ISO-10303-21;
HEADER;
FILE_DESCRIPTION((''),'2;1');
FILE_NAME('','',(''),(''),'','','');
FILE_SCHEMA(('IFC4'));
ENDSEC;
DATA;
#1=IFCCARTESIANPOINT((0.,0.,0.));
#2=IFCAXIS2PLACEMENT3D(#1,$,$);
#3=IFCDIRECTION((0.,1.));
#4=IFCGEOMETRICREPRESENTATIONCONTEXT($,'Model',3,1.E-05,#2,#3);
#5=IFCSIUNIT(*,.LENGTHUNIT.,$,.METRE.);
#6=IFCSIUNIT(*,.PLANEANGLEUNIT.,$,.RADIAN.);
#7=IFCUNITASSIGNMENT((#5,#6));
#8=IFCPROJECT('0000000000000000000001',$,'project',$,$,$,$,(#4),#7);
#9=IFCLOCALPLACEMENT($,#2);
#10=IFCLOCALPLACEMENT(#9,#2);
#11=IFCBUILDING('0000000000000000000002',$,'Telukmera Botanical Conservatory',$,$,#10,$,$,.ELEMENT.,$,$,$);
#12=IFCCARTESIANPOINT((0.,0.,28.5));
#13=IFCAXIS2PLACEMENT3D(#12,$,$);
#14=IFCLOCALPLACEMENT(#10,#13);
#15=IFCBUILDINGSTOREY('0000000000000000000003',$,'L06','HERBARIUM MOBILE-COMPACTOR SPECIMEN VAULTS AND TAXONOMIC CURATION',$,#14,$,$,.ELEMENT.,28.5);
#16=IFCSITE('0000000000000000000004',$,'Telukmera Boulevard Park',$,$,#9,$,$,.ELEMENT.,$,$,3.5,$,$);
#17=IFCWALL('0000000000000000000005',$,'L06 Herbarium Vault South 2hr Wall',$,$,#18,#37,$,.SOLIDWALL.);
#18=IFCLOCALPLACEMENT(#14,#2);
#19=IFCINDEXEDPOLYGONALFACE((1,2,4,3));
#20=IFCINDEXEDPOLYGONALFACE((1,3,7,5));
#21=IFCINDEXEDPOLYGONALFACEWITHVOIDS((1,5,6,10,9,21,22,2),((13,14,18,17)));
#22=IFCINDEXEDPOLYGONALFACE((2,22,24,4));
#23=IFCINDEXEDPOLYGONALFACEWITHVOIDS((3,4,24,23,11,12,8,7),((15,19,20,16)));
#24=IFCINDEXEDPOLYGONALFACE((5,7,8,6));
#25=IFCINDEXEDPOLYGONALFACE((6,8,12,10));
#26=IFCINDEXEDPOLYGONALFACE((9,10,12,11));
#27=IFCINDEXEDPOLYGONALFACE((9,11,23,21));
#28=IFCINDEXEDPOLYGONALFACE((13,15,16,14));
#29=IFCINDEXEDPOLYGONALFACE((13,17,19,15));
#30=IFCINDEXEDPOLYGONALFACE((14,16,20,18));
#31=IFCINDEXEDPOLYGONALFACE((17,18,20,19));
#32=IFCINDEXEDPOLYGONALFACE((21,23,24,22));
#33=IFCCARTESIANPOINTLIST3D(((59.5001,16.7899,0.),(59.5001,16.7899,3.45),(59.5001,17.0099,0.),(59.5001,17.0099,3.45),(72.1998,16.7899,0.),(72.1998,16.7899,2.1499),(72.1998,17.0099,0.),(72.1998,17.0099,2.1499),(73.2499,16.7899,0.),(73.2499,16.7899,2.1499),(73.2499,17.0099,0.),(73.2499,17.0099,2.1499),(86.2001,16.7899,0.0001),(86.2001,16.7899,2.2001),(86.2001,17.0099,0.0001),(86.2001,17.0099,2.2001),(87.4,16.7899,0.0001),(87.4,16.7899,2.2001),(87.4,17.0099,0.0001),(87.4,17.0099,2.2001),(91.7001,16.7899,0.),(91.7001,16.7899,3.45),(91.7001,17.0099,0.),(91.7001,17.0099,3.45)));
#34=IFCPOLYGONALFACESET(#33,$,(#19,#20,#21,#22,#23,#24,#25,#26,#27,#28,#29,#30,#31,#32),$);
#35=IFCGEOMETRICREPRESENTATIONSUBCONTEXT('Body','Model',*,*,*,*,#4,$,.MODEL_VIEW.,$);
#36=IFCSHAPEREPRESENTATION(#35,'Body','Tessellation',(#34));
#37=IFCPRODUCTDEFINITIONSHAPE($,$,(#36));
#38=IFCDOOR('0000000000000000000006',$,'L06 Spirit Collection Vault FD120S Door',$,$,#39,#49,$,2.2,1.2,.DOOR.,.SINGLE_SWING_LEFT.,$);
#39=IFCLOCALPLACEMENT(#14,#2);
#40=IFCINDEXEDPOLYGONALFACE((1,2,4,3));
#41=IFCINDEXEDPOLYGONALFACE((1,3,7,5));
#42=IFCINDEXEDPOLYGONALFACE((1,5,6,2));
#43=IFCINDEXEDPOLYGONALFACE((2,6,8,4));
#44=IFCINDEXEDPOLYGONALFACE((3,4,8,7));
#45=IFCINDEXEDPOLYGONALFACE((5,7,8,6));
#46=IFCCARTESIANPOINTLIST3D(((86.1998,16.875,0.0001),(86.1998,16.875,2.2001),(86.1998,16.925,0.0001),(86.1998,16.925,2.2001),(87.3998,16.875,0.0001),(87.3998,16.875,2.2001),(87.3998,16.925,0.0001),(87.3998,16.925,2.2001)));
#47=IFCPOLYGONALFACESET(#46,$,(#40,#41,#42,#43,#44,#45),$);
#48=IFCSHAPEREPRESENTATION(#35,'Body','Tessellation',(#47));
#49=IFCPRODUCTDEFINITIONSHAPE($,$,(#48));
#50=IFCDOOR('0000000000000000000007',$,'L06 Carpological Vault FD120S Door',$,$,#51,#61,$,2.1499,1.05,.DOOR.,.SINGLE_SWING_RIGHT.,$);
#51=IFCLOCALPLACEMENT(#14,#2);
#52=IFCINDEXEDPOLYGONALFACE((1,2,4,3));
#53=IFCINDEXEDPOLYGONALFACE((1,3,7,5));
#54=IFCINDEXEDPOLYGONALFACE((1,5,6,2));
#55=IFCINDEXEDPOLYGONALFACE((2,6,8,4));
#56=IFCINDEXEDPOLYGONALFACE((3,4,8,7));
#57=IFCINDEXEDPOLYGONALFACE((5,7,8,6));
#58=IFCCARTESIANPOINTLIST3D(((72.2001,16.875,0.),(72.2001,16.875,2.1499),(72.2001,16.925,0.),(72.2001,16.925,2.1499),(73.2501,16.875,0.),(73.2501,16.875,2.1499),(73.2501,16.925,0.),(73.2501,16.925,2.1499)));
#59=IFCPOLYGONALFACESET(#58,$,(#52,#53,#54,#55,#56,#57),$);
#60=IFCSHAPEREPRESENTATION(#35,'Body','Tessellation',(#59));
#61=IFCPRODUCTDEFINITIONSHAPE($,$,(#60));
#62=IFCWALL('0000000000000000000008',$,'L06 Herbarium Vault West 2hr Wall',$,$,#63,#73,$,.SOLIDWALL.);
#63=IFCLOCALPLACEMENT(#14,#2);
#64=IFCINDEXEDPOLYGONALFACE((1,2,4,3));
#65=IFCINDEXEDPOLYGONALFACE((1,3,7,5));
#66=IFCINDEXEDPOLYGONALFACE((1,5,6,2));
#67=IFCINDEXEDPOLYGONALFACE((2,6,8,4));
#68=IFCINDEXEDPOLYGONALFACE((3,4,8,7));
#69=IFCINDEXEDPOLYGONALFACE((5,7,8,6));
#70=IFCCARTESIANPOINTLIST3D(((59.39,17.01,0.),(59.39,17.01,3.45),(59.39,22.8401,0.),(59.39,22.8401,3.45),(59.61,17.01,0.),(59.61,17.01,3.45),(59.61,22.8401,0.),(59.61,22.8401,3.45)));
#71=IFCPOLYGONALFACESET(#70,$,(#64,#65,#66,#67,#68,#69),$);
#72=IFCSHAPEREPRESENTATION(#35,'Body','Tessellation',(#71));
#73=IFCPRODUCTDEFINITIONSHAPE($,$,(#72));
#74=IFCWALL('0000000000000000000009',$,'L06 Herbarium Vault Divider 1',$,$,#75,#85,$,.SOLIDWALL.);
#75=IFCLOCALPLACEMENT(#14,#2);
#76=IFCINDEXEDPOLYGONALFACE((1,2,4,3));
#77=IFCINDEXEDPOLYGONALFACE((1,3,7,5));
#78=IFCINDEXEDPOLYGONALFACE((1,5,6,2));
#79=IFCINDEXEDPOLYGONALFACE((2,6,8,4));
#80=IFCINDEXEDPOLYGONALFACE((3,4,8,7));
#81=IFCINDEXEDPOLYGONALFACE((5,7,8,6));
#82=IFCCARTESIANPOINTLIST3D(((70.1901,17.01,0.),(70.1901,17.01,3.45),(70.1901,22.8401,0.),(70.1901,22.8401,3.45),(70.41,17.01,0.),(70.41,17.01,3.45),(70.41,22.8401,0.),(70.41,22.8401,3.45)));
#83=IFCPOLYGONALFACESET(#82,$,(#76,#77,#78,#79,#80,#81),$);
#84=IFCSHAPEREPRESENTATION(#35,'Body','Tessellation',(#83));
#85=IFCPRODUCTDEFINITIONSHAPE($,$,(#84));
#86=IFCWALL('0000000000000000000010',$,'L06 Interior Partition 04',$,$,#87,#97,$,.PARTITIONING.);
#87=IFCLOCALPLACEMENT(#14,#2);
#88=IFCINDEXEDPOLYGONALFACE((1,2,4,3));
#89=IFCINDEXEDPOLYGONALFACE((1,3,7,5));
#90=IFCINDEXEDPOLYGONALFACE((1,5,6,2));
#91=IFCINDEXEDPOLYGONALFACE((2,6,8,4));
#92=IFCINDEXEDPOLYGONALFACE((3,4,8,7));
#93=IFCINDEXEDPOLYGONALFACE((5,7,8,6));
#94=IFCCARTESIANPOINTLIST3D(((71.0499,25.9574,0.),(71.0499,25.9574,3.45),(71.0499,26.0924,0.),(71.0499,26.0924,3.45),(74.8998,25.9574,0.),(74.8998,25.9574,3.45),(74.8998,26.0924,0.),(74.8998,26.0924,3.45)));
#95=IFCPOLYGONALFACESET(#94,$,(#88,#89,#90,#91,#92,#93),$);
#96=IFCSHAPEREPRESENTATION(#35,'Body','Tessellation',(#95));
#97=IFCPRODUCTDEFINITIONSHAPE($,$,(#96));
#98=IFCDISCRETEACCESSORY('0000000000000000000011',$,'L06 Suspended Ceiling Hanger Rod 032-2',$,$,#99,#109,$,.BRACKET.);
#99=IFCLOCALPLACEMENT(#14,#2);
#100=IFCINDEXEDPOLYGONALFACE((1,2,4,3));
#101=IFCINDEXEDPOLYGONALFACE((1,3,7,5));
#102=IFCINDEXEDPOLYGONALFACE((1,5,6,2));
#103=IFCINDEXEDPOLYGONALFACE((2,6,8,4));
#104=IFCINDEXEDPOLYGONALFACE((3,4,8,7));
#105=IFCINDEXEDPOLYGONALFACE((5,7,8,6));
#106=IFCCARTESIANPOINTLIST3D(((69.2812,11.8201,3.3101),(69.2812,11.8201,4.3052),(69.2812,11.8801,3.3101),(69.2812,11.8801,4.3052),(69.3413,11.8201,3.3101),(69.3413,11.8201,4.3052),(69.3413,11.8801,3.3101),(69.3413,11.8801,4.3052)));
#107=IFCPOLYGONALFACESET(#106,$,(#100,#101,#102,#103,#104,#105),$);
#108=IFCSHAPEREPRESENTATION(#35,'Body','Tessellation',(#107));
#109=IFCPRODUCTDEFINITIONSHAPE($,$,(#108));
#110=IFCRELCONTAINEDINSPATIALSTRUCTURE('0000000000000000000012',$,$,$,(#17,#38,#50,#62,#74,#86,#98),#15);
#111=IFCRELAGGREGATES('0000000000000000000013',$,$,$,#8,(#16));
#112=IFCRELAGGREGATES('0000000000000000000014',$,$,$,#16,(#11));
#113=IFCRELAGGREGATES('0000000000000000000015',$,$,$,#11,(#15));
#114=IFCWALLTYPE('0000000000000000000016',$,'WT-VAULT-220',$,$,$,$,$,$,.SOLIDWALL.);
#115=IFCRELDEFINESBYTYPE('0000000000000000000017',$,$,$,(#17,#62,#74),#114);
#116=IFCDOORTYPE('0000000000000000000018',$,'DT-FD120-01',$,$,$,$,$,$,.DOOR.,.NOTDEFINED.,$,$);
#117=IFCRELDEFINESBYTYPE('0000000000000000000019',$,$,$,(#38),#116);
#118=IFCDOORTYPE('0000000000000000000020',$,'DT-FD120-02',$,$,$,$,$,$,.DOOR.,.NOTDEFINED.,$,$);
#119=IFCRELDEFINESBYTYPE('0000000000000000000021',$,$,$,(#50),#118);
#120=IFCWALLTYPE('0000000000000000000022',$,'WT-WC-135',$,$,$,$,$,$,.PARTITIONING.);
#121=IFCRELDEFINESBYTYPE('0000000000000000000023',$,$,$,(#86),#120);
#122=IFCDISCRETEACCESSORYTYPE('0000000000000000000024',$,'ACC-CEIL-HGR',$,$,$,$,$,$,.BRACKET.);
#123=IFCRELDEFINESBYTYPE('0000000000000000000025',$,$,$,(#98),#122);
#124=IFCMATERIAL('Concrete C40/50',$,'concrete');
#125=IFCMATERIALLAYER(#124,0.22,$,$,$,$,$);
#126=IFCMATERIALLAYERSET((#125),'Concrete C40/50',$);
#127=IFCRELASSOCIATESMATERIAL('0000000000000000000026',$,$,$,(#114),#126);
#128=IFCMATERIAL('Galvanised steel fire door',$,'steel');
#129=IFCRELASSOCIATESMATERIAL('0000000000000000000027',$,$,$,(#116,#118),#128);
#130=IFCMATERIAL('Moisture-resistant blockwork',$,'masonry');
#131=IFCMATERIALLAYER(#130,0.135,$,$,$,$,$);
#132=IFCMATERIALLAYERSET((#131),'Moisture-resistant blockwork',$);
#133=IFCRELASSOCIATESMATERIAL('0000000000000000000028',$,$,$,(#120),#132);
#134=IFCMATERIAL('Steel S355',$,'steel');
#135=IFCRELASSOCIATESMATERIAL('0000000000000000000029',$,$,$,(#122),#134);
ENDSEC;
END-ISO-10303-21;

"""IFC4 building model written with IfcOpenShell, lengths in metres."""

from ifc_helpers import new_model, si_unit, direction, frame, frame_2d, origin, origin_2d, place, context, subcontext, project, spatial, rectangle, extrude, material, layer, layer_set, type_object, element, fill, save


model = new_model("IFC4")

# Units and contexts
model_context = context("Model", 3, precision=1e-05, world=origin(), true_north=direction((0.0, 1.0)))
body_context = subcontext(model_context, "Body", "Model", "MODEL_VIEW")
ifc_project = project(units=[si_unit("LENGTHUNIT", "METRE"), si_unit("PLANEANGLEUNIT", "RADIAN")], contexts=[model_context])

# Site, building, storey
site_placement = place(None, origin())
site = spatial("IfcSite", under=ifc_project, at=site_placement, Name="Telukmera Boulevard Park", CompositionType="ELEMENT", RefElevation=3.5)
building_placement = place(site_placement, origin())
building = spatial("IfcBuilding", under=site, at=building_placement, Name="Telukmera Botanical Conservatory", CompositionType="ELEMENT")
storey_placement = place(building_placement, frame((0.0, 0.0, 28.5)))
storey = spatial("IfcBuildingStorey", under=building, at=storey_placement, Name="L06", Description="HERBARIUM MOBILE-COMPACTOR SPECIMEN VAULTS AND TAXONOMIC CURATION", CompositionType="ELEMENT", Elevation=28.5)

# Shared definitions
ifc_material_1 = material(Name="Concrete C40/50", Category="concrete")

# Shared definitions
ifc_layer_1 = layer(ifc_material_1, 0.22)
ifc_layer_set_1 = layer_set([ifc_layer_1], Name="Concrete C40/50")
wall_type_1 = type_object("IfcWallType", Name="WT-VAULT-220", PredefinedType="SOLIDWALL", material=ifc_layer_set_1)
ifc_material_2 = material(Name="Galvanised steel fire door", Category="steel")
door_type_1 = type_object("IfcDoorType", Name="DT-FD120-01", OperationType="NOTDEFINED", PredefinedType="DOOR", material=ifc_material_2)

# Wall, openings, doors
wall_1_placement = place(storey_placement, frame((59.5, 16.8999, 0.0), z_axis=(0.0, 0.0, 1.0), x_axis=(1.0, 0.0, 0.0)))
wall_1 = element("IfcWall", 1, at=wall_1_placement, inside=storey, type_object=wall_type_1, Name="L06 Herbarium Vault South 2hr Wall", PredefinedType="SOLIDWALL", context=body_context, shape_type="SweptSolid", body=[
    extrude(rectangle(XDim=32.2, YDim=0.22, at=frame_2d((16.1001, 0.0))), origin(), (0.0, 0.0, 1.0), 3.45),
])
opening_1_placement = place(wall_1_placement, frame((12.7, 0.0, 0.0)))
opening_1 = element("IfcOpeningElement", 2, at=opening_1_placement, cuts=wall_1, PredefinedType="OPENING", context=body_context, shape_type="SweptSolid", body=[
    extrude(rectangle(XDim=1.05, YDim=2.1499, at=frame_2d((0.5249, 1.075))), frame((0.0, 0.1199, 0.0), z_axis=(0.0, -1.0, 0.0), x_axis=(1.0, 0.0, 0.0)), (0.0, 0.0, 1.0), 0.24),
])
opening_2_placement = place(wall_1_placement, frame((26.7, 0.0, 0.0)))
opening_2 = element("IfcOpeningElement", 3, at=opening_2_placement, cuts=wall_1, PredefinedType="OPENING", context=body_context, shape_type="SweptSolid", body=[
    extrude(rectangle(XDim=1.2, YDim=2.2, at=frame_2d((0.6001, 1.1001))), frame((0.0, 0.1199, 0.0), z_axis=(0.0, -1.0, 0.0), x_axis=(1.0, 0.0, 0.0)), (0.0, 0.0, 1.0), 0.24),
])
door_1_placement = place(opening_2_placement, frame((1.2, 0.0, 0.0), z_axis=(0.0, 0.0, 1.0), x_axis=(-1.0, 0.0, 0.0)))
door_1 = element("IfcDoor", 4, at=door_1_placement, inside=storey, type_object=door_type_1, Name="L06 Spirit Collection Vault FD120S Door", OperationType="SINGLE_SWING_LEFT", OverallHeight=2.2, OverallWidth=1.2, PredefinedType="DOOR", context=body_context, shape_type="SweptSolid", body=[
    extrude(rectangle(XDim=1.2, YDim=2.2, at=frame_2d((0.6001, 1.1001))), frame((0.0, 0.0249, 0.0), z_axis=(0.0, -1.0, 0.0), x_axis=(1.0, 0.0, 0.0)), (0.0, 0.0, 1.0), 0.05),
])
fill(opening_2, door_1)
door_type_2 = type_object("IfcDoorType", Name="DT-FD120-02", OperationType="NOTDEFINED", PredefinedType="DOOR", material=ifc_material_2)
door_2_placement = place(opening_1_placement, frame((1.05, 0.0, 0.0), z_axis=(0.0, 0.0, 1.0), x_axis=(-1.0, 0.0, 0.0)))
door_2 = element("IfcDoor", 5, at=door_2_placement, inside=storey, type_object=door_type_2, Name="L06 Carpological Vault FD120S Door", OperationType="SINGLE_SWING_RIGHT", OverallHeight=2.1499, OverallWidth=1.05, PredefinedType="DOOR", context=body_context, shape_type="SweptSolid", body=[
    extrude(rectangle(XDim=1.05, YDim=2.1499, at=frame_2d((0.5249, 1.075))), frame((0.0, 0.0249, 0.0), z_axis=(0.0, -1.0, 0.0), x_axis=(1.0, 0.0, 0.0)), (0.0, 0.0, 1.0), 0.05),
])
fill(opening_1, door_2)

# Walls
for number, where, z_axis, x_axis, name in (
    (6, (59.5, 17.01, 0.0), (0.0, 0.0, 1.0), (0.0, 1.0, 0.0), "L06 Herbarium Vault West 2hr Wall"),
    (7, (70.3, 17.01, 0.0), (0.0, 0.0, 1.0), (0.0, 1.0, 0.0), "L06 Herbarium Vault Divider 1"),
):
    element("IfcWall", number, at=place(storey_placement, frame(where, z_axis=z_axis, x_axis=x_axis)), inside=storey, type_object=wall_type_1, Name=name, PredefinedType="SOLIDWALL", context=body_context, shape_type="SweptSolid", body=[
        extrude(rectangle(XDim=5.8301, YDim=0.22, at=frame_2d((2.915, 0.0))), origin(), (0.0, 0.0, 1.0), 3.45),
    ])
ifc_material_3 = material(Name="Moisture-resistant blockwork", Category="masonry")
ifc_layer_2 = layer(ifc_material_3, 0.135)
ifc_layer_set_2 = layer_set([ifc_layer_2], Name="Moisture-resistant blockwork")
wall_type_2 = type_object("IfcWallType", Name="WT-WC-135", PredefinedType="PARTITIONING", material=ifc_layer_set_2)
wall_2_placement = place(storey_placement, frame((71.05, 26.0249, 0.0), z_axis=(0.0, 0.0, 1.0), x_axis=(1.0, 0.0, 0.0)))
element("IfcWall", 8, at=wall_2_placement, inside=storey, type_object=wall_type_2, Name="L06 Interior Partition 04", PredefinedType="PARTITIONING", context=body_context, shape_type="SweptSolid", body=[
    extrude(rectangle(XDim=3.8499, YDim=0.135, at=frame_2d((1.9248, 0.0))), origin(), (0.0, 0.0, 1.0), 3.45),
])

# Discrete accessory
ifc_material_4 = material(Name="Steel S355", Category="steel")
discrete_accessory_type = type_object("IfcDiscreteAccessoryType", Name="ACC-CEIL-HGR", PredefinedType="BRACKET", material=ifc_material_4)
discrete_accessory_placement = place(storey_placement, frame((69.3113, 11.8501, 3.3101), z_axis=(0.0, 0.0, 1.0), x_axis=(1.0, 0.0, 0.0)))
element("IfcDiscreteAccessory", 9, at=discrete_accessory_placement, inside=storey, type_object=discrete_accessory_type, Name="L06 Suspended Ceiling Hanger Rod 032-2", PredefinedType="BRACKET", context=body_context, shape_type="SweptSolid", body=[
    extrude(rectangle(XDim=0.0601, YDim=0.0601, at=origin_2d()), origin(), (0.0, 0.0, 1.0), 0.9951),
])

save(model, "model.ifc")
